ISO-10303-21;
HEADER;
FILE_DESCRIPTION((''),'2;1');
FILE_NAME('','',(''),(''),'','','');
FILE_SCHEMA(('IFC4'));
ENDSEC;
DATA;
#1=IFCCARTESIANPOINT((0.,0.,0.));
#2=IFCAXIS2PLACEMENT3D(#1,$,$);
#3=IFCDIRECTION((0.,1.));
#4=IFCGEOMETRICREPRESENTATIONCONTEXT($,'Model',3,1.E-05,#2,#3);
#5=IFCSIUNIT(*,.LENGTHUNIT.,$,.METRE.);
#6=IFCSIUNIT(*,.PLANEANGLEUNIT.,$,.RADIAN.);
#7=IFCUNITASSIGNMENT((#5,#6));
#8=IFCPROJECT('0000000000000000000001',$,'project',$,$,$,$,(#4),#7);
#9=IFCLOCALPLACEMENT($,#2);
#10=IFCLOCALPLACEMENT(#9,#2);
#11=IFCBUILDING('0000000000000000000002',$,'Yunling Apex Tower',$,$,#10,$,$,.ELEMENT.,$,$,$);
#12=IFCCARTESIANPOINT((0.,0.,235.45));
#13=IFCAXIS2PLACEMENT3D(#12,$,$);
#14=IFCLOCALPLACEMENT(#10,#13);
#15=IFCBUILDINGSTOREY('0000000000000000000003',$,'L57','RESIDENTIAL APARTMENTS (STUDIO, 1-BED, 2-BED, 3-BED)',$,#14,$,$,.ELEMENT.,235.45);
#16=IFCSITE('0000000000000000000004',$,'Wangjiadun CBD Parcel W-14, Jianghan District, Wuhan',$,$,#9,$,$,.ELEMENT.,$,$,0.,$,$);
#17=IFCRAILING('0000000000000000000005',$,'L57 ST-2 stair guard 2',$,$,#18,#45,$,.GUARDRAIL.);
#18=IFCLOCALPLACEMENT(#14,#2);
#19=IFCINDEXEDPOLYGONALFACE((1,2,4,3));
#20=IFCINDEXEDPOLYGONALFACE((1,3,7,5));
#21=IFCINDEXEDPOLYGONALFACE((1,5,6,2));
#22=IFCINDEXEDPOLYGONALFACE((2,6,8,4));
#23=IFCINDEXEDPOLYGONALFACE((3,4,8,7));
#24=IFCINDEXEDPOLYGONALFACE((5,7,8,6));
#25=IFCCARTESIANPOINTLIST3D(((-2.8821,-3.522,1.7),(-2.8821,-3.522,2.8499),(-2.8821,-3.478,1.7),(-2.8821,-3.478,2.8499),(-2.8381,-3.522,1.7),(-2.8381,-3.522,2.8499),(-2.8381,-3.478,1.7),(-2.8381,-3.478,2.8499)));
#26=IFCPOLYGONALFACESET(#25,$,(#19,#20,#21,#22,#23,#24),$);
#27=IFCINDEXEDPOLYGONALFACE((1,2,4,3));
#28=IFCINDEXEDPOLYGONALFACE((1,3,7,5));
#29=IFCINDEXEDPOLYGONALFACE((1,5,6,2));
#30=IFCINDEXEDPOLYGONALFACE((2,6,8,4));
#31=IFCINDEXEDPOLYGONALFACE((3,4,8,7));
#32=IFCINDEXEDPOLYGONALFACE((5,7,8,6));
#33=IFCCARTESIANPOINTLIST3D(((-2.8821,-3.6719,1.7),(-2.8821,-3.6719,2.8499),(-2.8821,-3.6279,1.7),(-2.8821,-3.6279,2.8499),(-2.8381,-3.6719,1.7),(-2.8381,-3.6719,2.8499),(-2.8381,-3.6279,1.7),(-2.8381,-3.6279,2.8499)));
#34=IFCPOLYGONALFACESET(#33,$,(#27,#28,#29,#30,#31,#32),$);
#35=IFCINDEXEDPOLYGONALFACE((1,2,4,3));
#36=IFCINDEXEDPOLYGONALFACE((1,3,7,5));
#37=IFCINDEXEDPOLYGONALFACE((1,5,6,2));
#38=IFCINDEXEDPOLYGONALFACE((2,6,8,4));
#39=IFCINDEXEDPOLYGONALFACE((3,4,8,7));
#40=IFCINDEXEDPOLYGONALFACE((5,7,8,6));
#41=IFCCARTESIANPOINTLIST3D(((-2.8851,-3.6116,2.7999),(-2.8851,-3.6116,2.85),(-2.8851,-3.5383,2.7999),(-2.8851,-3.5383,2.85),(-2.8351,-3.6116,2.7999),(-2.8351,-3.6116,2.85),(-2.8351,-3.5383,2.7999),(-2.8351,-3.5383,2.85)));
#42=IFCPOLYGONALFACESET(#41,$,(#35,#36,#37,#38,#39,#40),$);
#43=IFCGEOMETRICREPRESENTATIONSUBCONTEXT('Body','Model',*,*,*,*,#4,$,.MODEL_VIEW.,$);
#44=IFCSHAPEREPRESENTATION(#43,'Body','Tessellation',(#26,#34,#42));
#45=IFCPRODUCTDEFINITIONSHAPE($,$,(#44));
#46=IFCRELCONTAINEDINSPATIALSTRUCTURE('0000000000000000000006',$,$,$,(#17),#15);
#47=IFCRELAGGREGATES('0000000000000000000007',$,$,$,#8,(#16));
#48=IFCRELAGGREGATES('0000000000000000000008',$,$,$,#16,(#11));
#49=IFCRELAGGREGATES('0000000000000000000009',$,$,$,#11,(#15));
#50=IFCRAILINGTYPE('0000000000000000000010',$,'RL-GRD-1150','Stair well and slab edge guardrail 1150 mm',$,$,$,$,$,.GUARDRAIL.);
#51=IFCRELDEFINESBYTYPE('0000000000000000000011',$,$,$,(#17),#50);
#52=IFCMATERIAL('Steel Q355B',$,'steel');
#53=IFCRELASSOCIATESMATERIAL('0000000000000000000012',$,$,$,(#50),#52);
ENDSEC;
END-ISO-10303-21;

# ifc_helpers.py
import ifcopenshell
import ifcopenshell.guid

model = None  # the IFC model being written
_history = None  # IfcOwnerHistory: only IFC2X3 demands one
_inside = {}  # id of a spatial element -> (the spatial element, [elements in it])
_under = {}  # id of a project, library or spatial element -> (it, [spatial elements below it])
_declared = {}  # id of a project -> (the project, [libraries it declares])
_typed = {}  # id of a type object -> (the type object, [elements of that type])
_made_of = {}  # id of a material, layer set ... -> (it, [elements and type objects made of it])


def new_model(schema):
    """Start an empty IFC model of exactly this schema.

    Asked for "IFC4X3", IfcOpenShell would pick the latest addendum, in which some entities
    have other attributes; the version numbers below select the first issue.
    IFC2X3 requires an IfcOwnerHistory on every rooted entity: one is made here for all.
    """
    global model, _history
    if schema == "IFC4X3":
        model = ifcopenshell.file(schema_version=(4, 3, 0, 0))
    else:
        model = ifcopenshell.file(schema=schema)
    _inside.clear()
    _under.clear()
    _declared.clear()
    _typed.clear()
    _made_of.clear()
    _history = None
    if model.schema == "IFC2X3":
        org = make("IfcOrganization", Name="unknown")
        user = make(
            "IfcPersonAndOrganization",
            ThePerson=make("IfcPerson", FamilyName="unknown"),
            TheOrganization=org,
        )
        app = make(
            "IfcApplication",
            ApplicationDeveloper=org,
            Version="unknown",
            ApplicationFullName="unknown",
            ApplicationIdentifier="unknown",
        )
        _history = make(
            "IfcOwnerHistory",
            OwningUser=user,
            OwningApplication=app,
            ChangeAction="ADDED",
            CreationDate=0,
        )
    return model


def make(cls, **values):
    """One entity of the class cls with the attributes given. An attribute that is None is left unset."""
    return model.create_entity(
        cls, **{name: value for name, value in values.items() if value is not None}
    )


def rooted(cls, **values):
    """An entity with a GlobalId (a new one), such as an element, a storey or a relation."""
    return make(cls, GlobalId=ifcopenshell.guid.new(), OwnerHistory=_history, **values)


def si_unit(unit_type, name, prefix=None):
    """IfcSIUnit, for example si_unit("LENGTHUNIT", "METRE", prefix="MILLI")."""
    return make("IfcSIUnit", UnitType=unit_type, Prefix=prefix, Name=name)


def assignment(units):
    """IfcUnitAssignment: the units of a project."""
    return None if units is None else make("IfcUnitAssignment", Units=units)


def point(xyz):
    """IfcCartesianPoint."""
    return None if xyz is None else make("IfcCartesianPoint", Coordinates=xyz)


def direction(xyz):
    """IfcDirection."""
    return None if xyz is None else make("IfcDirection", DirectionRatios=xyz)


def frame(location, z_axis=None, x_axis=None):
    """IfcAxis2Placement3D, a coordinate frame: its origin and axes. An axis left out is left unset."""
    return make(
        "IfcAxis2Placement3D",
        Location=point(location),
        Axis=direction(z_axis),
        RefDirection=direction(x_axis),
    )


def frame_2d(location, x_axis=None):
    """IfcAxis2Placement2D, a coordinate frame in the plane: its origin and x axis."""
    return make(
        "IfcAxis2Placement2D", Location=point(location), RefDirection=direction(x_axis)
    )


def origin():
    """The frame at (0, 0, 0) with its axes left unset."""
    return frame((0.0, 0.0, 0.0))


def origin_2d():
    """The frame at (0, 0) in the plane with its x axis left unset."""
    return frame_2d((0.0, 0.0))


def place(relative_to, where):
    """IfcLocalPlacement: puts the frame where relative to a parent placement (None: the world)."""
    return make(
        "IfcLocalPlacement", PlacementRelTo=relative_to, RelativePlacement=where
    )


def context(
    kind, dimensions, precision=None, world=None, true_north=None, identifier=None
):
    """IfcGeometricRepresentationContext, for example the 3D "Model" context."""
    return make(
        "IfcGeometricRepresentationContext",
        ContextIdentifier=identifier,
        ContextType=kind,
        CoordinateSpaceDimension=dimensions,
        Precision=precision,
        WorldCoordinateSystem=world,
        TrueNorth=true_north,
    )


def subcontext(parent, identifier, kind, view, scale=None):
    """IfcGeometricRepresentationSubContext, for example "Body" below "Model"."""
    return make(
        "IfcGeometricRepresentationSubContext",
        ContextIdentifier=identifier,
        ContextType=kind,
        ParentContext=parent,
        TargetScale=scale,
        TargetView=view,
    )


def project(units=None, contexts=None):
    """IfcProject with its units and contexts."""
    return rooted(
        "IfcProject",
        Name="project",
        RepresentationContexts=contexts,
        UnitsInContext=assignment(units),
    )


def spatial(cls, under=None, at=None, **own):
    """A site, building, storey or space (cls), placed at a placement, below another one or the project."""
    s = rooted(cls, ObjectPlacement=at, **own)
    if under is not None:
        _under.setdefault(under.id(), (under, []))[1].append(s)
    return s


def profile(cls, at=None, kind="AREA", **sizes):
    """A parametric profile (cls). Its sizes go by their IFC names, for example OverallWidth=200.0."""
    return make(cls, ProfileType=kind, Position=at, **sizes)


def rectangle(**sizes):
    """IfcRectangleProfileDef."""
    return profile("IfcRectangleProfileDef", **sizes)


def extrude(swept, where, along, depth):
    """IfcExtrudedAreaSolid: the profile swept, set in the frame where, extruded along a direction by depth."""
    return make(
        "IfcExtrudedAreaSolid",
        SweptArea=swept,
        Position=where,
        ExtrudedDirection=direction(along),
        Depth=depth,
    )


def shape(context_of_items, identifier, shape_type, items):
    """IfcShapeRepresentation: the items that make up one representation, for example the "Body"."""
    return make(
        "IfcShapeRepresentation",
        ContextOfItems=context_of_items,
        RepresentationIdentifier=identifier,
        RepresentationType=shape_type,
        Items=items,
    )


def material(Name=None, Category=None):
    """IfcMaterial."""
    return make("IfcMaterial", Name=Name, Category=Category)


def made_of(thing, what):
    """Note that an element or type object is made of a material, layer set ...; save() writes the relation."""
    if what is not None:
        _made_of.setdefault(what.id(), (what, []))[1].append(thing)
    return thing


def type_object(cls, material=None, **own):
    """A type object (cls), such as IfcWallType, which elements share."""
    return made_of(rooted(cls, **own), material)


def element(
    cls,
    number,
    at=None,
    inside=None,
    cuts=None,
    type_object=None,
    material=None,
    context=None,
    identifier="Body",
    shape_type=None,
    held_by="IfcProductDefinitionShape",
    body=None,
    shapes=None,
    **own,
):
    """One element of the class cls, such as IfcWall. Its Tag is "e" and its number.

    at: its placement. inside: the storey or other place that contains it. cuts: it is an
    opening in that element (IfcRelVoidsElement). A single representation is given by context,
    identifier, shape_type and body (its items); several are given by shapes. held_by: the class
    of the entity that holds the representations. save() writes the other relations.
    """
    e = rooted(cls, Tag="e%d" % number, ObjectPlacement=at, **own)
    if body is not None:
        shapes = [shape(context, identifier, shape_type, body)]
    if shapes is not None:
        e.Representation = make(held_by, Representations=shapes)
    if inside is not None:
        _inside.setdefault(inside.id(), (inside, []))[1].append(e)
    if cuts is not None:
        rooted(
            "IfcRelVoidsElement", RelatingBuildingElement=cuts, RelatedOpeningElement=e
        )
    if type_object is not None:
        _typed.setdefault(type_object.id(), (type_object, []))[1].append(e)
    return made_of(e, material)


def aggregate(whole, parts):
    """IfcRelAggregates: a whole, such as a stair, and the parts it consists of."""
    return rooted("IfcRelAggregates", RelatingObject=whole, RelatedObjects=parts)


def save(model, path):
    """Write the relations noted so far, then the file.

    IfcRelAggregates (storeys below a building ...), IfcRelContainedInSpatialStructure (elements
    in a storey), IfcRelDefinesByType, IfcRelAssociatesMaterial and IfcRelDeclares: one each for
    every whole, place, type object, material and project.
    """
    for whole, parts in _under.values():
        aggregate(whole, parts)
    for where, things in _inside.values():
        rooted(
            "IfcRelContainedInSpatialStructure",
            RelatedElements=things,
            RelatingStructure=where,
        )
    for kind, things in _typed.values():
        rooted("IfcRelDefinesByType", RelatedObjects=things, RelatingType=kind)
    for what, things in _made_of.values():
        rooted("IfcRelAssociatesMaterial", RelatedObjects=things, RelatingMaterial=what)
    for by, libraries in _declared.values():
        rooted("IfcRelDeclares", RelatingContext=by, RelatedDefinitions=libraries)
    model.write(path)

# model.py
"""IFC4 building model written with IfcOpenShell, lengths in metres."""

from ifc_helpers import new_model, si_unit, direction, frame, origin, origin_2d, place, context, subcontext, project, spatial, rectangle, extrude, material, type_object, element, save


model = new_model("IFC4")

# Units and contexts
model_context = context("Model", 3, precision=1e-05, world=origin(), true_north=direction((0.0, 1.0)))
body_context = subcontext(model_context, "Body", "Model", "MODEL_VIEW")
ifc_project = project(units=[si_unit("LENGTHUNIT", "METRE"), si_unit("PLANEANGLEUNIT", "RADIAN")], contexts=[model_context])

# Site, building, storey
site_placement = place(None, origin())
site = spatial("IfcSite", under=ifc_project, at=site_placement, Name="Wangjiadun CBD Parcel W-14, Jianghan District, Wuhan", CompositionType="ELEMENT", RefElevation=0.0)
building_placement = place(site_placement, origin())
building = spatial("IfcBuilding", under=site, at=building_placement, Name="Yunling Apex Tower", CompositionType="ELEMENT")
storey_placement = place(building_placement, frame((0.0, 0.0, 235.45)))
storey = spatial("IfcBuildingStorey", under=building, at=storey_placement, Name="L57", Description="RESIDENTIAL APARTMENTS (STUDIO, 1-BED, 2-BED, 3-BED)", CompositionType="ELEMENT", Elevation=235.45)

# Shared definitions
ifc_material_1 = material(Name="Steel Q355B", Category="steel")

# Railing
railing_type = type_object("IfcRailingType", Name="RL-GRD-1150", Description="Stair well and slab edge guardrail 1150 mm", PredefinedType="GUARDRAIL", material=ifc_material_1)
railing_placement = place(storey_placement, frame((-2.8601, -3.5, 1.7)))
element("IfcRailing", 1, at=railing_placement, inside=storey, type_object=railing_type, Name="L57 ST-2 stair guard 2", PredefinedType="GUARDRAIL", context=body_context, shape_type="SweptSolid", body=[
    extrude(rectangle(XDim=0.0439, YDim=0.0439, at=origin_2d()), origin(), (0.0, 0.0, 1.0), 1.1499),
    extrude(rectangle(XDim=0.0439, YDim=0.0439, at=origin_2d()), frame((0.0, -0.1499, 0.0)), (0.0, 0.0, 1.0), 1.1499),
    extrude(rectangle(XDim=0.05, YDim=0.05, at=origin_2d()), frame((0.0, -0.0383, 1.125), z_axis=(0.0, -1.0, 0.0), x_axis=(1.0, 0.0, 0.0)), (0.0, 0.0, 1.0), 0.0732),
])

save(model, "model.ifc")
